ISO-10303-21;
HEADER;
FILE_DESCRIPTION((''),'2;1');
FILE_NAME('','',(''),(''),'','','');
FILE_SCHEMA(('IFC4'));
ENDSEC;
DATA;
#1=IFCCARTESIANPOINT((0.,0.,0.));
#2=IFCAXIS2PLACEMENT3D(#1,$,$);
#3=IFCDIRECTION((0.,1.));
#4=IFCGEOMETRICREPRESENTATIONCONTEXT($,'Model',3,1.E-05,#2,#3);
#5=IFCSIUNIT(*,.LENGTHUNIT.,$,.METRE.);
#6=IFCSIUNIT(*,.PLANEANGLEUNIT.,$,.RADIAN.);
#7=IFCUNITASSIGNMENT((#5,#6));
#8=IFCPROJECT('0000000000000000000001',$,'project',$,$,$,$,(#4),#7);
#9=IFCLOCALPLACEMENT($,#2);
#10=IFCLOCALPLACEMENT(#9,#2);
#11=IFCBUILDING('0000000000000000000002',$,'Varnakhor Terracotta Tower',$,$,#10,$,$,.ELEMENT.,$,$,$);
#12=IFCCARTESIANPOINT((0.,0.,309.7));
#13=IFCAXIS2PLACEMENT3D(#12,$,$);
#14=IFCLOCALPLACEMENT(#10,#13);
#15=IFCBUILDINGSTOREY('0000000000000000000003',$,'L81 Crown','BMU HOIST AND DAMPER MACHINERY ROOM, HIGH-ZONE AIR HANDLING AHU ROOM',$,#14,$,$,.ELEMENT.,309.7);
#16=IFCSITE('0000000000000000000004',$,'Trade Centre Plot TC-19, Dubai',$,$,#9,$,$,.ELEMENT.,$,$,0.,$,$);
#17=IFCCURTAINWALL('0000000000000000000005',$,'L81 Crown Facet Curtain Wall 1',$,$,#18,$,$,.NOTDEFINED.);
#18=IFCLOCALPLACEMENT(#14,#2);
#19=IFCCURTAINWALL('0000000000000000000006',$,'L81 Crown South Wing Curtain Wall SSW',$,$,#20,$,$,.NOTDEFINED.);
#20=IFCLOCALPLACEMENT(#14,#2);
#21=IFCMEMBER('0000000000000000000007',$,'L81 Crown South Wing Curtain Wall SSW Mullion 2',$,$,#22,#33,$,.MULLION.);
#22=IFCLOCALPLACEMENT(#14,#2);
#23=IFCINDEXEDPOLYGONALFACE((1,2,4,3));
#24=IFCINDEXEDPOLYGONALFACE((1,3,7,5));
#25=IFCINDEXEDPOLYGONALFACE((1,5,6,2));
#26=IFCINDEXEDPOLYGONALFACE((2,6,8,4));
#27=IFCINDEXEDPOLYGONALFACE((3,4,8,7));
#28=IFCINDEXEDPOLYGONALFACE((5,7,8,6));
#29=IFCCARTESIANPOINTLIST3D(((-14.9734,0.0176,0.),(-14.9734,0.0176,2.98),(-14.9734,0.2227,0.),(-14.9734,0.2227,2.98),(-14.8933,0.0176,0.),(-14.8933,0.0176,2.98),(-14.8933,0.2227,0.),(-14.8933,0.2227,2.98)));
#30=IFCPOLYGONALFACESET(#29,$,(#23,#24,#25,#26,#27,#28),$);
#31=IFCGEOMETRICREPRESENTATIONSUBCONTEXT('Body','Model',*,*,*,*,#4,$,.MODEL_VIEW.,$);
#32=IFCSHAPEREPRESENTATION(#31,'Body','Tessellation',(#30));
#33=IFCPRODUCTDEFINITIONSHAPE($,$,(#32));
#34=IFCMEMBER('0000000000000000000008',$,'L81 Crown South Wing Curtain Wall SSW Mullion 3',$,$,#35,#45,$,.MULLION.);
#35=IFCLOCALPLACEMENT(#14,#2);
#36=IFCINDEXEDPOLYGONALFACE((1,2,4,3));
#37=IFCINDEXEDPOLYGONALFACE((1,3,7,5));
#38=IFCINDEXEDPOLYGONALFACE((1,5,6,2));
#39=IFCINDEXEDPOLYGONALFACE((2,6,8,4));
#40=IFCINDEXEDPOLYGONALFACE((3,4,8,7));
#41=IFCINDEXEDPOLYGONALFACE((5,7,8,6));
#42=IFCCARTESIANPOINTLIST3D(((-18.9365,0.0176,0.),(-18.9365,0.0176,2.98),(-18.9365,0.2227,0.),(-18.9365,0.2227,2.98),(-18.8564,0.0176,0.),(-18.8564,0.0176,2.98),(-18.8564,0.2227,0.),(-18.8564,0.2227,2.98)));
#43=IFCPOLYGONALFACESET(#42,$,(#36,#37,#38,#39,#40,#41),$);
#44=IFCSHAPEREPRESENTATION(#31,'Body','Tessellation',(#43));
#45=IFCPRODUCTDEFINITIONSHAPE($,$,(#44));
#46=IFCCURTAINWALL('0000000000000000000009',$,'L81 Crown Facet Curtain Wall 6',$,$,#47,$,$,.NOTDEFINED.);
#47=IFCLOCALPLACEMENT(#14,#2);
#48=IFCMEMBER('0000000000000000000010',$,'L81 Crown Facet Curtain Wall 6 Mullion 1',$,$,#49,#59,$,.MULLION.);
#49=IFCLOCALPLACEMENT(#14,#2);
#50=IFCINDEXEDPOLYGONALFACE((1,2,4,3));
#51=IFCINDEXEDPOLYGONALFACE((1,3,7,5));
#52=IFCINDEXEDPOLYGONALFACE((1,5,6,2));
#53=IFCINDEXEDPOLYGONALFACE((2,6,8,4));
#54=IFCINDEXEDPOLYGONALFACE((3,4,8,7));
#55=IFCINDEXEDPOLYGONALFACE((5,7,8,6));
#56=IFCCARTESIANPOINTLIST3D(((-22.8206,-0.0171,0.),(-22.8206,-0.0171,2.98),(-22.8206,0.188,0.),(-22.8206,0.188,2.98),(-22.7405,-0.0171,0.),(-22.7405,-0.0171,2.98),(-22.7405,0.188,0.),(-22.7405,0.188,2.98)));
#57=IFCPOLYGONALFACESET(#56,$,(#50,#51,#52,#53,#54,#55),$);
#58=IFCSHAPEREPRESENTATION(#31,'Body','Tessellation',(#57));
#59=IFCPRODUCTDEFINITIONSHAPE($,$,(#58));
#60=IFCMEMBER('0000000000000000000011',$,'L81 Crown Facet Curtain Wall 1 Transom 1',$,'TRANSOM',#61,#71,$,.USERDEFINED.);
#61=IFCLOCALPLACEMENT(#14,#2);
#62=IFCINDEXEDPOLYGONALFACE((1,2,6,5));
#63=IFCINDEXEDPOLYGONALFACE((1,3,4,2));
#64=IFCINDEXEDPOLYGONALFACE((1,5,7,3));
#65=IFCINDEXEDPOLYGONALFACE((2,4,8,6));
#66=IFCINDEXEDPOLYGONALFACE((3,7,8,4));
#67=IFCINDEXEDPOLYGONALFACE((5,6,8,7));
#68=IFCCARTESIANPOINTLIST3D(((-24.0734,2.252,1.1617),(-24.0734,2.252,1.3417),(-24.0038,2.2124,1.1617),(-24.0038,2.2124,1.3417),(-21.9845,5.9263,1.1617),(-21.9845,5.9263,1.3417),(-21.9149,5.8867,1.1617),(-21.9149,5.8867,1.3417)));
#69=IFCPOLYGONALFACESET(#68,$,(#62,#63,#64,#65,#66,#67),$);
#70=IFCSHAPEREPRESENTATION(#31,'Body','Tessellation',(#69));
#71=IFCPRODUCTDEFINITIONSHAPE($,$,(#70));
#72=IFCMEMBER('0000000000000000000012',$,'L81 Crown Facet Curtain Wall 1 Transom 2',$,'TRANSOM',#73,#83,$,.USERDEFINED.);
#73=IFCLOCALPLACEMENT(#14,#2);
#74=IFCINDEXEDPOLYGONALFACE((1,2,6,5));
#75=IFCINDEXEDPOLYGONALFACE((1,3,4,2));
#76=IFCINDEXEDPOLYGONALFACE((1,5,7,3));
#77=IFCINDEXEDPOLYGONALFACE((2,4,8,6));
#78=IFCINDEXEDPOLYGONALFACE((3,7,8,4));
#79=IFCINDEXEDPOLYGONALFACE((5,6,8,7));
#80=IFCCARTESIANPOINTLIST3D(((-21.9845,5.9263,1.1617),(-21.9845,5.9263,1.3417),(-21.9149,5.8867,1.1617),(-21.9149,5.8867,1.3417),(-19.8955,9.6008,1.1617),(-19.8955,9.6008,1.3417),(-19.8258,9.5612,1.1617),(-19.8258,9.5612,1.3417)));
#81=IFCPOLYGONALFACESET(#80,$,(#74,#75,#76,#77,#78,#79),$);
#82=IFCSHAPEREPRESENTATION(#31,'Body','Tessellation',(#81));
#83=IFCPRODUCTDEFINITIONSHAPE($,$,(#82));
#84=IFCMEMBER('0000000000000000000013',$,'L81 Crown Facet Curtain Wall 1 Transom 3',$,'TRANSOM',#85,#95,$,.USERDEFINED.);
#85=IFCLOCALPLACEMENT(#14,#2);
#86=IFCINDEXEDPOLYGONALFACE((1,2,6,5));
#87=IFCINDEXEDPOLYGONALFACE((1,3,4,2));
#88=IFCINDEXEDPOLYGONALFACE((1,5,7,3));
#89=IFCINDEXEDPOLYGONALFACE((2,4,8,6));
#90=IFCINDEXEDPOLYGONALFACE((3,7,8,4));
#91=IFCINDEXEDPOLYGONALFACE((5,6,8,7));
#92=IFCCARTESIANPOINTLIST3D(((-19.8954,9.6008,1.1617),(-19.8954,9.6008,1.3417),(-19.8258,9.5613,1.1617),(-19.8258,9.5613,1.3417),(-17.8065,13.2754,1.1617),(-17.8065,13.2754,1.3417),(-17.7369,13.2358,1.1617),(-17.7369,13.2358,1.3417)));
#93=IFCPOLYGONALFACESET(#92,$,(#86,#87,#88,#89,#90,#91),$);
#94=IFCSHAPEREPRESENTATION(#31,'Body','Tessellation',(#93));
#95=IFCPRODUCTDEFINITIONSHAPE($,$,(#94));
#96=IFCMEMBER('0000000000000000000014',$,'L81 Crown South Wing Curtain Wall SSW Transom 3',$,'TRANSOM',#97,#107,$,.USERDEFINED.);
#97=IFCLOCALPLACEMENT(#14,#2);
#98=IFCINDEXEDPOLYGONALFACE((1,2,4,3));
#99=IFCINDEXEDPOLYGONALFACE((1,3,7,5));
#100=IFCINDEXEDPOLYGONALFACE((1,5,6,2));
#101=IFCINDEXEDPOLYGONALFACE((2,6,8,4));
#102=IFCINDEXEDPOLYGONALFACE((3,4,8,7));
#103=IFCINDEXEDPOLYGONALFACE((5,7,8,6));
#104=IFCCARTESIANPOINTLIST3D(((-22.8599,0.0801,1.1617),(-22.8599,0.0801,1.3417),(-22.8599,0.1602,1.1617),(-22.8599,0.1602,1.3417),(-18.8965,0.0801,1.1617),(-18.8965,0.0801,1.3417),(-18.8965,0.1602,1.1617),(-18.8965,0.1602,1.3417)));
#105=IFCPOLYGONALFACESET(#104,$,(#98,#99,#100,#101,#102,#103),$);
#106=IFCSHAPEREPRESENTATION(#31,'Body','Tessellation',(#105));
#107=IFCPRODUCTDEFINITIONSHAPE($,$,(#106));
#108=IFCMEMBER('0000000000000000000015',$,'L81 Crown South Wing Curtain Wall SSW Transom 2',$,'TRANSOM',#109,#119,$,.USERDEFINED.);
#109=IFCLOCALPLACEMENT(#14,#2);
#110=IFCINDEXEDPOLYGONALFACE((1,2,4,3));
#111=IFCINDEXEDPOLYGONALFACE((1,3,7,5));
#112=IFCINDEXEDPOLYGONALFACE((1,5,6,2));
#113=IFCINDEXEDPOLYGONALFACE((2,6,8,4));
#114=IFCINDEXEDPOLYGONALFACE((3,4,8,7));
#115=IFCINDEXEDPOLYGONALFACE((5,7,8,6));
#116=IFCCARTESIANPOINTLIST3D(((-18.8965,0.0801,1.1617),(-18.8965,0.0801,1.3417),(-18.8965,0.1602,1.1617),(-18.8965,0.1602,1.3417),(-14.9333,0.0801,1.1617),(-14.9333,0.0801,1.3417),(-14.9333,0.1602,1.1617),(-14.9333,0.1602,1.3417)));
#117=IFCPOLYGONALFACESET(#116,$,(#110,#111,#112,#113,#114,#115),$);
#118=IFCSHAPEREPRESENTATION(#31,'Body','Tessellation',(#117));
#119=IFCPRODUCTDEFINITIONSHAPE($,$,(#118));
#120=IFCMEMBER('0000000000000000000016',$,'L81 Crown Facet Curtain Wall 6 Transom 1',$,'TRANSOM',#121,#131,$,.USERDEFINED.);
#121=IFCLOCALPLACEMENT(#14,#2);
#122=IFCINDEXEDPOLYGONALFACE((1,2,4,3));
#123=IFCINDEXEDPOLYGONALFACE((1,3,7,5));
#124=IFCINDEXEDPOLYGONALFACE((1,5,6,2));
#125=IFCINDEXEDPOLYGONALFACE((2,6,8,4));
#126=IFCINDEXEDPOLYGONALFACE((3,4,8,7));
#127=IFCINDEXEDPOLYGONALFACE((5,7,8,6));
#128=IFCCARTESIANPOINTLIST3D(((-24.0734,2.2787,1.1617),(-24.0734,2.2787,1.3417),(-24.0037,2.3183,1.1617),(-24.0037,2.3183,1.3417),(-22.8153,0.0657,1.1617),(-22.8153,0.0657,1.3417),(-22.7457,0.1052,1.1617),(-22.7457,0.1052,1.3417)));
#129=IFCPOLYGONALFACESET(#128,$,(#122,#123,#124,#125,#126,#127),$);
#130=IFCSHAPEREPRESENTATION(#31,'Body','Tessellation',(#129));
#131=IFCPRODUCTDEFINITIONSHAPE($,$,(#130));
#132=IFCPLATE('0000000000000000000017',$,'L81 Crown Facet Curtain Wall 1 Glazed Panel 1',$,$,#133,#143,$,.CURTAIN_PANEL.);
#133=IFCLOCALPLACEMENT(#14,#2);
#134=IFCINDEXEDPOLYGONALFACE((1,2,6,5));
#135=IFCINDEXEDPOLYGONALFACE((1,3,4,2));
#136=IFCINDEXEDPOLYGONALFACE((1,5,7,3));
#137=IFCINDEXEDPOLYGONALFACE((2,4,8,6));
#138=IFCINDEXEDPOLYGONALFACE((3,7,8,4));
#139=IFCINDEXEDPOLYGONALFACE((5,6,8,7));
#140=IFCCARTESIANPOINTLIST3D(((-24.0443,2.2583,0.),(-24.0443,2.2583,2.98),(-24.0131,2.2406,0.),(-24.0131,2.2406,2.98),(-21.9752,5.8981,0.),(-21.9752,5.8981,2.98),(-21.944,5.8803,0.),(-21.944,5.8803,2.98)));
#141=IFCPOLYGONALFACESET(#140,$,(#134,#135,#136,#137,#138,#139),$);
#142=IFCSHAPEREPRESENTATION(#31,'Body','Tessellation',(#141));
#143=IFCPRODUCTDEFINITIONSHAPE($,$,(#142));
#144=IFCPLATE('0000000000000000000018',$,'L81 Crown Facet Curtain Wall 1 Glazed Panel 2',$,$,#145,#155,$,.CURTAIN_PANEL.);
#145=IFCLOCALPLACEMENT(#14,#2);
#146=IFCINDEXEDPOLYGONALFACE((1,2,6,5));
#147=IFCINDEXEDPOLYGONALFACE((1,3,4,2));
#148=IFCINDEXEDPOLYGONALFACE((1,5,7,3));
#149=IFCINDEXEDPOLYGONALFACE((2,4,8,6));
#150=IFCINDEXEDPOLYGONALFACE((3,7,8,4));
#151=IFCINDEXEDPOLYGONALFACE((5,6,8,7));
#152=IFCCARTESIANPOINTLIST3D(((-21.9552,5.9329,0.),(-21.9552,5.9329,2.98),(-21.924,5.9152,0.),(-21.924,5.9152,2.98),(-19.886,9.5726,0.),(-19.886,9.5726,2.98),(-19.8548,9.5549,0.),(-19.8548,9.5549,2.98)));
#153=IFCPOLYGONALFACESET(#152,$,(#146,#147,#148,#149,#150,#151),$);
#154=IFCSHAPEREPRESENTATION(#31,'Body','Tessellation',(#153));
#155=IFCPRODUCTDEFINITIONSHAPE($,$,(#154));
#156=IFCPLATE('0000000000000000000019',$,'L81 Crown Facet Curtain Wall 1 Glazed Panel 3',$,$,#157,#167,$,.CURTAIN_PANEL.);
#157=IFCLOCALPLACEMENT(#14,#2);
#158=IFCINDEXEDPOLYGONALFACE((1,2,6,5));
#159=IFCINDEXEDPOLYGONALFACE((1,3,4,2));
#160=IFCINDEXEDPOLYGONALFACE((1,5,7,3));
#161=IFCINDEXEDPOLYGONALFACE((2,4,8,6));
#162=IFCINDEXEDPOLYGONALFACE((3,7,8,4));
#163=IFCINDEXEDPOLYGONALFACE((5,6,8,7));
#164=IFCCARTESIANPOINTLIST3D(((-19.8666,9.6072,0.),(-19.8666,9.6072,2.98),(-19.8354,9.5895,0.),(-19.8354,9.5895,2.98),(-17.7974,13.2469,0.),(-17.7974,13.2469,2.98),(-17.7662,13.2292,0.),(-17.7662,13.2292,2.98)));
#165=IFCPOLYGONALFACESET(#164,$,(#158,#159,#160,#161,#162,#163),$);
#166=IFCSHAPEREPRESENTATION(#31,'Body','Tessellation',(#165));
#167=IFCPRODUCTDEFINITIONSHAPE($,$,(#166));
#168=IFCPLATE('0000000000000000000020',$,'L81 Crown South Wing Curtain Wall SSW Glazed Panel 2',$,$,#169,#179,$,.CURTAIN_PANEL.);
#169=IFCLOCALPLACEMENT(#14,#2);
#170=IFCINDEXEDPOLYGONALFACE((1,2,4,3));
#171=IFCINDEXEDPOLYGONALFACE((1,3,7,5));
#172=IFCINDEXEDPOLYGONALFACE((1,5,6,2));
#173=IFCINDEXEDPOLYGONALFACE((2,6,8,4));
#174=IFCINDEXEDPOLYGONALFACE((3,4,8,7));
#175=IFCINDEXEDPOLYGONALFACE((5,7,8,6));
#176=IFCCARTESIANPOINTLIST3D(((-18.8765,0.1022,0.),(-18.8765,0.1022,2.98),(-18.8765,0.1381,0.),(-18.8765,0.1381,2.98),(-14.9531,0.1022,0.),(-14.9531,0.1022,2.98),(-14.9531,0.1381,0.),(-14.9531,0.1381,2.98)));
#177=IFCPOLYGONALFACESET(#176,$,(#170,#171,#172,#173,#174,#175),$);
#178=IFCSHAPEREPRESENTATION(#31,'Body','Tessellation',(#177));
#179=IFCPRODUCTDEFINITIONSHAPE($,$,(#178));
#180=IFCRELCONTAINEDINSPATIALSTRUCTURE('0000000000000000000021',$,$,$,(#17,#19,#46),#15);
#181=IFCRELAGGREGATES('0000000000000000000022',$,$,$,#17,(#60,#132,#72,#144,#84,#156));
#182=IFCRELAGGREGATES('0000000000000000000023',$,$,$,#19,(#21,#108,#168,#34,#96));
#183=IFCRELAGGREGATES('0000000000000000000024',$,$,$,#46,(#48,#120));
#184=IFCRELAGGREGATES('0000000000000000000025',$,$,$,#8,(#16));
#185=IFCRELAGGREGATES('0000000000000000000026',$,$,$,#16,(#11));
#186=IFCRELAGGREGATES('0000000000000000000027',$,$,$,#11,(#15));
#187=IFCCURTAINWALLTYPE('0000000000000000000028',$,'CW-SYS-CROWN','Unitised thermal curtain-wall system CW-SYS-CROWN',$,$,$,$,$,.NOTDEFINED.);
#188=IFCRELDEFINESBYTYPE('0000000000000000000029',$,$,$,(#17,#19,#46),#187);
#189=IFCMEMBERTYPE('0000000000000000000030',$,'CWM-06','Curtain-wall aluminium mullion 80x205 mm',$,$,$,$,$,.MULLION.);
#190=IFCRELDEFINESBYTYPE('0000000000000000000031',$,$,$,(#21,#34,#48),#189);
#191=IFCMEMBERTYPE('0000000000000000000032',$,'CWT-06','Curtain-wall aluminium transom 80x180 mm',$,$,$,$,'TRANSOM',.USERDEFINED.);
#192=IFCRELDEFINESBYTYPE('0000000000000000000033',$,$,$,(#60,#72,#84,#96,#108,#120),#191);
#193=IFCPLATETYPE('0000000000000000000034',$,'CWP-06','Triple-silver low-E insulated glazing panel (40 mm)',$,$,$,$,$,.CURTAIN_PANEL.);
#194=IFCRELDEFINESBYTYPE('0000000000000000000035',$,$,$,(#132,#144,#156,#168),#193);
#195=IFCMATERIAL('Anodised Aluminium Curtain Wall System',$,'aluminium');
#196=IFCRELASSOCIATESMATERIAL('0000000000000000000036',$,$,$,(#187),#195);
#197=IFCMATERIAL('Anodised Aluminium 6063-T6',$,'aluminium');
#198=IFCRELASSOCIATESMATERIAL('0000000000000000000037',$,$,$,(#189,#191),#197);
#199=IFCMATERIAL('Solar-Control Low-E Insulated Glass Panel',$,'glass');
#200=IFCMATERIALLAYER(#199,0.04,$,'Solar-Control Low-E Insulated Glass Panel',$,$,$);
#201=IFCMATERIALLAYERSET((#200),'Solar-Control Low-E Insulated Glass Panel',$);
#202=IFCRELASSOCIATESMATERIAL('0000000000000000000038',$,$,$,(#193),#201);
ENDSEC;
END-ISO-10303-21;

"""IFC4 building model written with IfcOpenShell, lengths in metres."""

from ifc_helpers import new_model, si_unit, direction, frame, origin, origin_2d, place, context, subcontext, project, spatial, rectangle, extrude, source, transform, mapped, material, layer, layer_set, material_profile, profile_set, type_object, type_shapes, element, aggregate, save


model = new_model("IFC4")

# Units and contexts
model_context = context("Model", 3, precision=1e-05, world=origin(), true_north=direction((0.0, 1.0)))
body_context = subcontext(model_context, "Body", "Model", "MODEL_VIEW")
ifc_project = project(units=[si_unit("LENGTHUNIT", "METRE"), si_unit("PLANEANGLEUNIT", "RADIAN")], contexts=[model_context])

# Site, building, storey
site_placement = place(None, origin())
site = spatial("IfcSite", under=ifc_project, at=site_placement, Name="Trade Centre Plot TC-19, Dubai", CompositionType="ELEMENT", RefElevation=0.0)
building_placement = place(site_placement, origin())
building = spatial("IfcBuilding", under=site, at=building_placement, Name="Varnakhor Terracotta Tower", CompositionType="ELEMENT")
storey_placement = place(building_placement, frame((0.0, 0.0, 309.7)))
storey = spatial("IfcBuildingStorey", under=building, at=storey_placement, Name="L81 Crown", Description="BMU HOIST AND DAMPER MACHINERY ROOM, HIGH-ZONE AIR HANDLING AHU ROOM", CompositionType="ELEMENT", Elevation=309.7)

# Curtain walls, members
ifc_material_1 = material(Name="Anodised Aluminium Curtain Wall System", Category="aluminium")
curtain_wall_type = type_object("IfcCurtainWallType", Name="CW-SYS-CROWN", Description="Unitised thermal curtain-wall system CW-SYS-CROWN", PredefinedType="NOTDEFINED", material=ifc_material_1)
curtain_wall_1_placement = place(storey_placement, origin())
curtain_wall_1 = element("IfcCurtainWall", 1, at=curtain_wall_1_placement, inside=storey, type_object=curtain_wall_type, Name="L81 Crown Facet Curtain Wall 1", PredefinedType="NOTDEFINED")
ifc_material_2 = material(Name="Anodised Aluminium 6063-T6", Category="aluminium")
ifc_material_profile_1 = material_profile(ifc_material_2, rectangle(XDim=0.0801, YDim=0.2051, at=origin_2d()), Name="ALU MULLION 80x205")
ifc_profile_set_1 = profile_set([ifc_material_profile_1], Name="Anodised Aluminium 6063-T6")
member_type_1 = type_object("IfcMemberType", Name="CWM-06", Description="Curtain-wall aluminium mullion 80x205 mm", PredefinedType="MULLION", material=ifc_profile_set_1)
shared_shape_1 = source(origin(), body_context, "Body", "SweptSolid", [
    extrude(rectangle(XDim=0.0801, YDim=0.2051, at=origin_2d()), origin(), (0.0, 0.0, 1.0), 2.98),
])
type_shapes(member_type_1, [shared_shape_1])
curtain_wall_2_placement = place(storey_placement, origin())
curtain_wall_2 = element("IfcCurtainWall", 2, at=curtain_wall_2_placement, inside=storey, type_object=curtain_wall_type, Name="L81 Crown South Wing Curtain Wall SSW", PredefinedType="NOTDEFINED")
member_1_placement = place(storey_placement, frame((-14.9333, 0.1201, 0.0), z_axis=(0.0, 0.0, 1.0), x_axis=(1.0, 0.0, 0.0)))
member_1 = element("IfcMember", 3, at=member_1_placement, type_object=member_type_1, Name="L81 Crown South Wing Curtain Wall SSW Mullion 2", PredefinedType="MULLION", context=body_context, shape_type="MappedRepresentation", body=[
    mapped(shared_shape_1, transform((0.0, 0.0, 0.0), scale=1.0)),
])
member_2_placement = place(storey_placement, frame((-18.8965, 0.1201, 0.0), z_axis=(0.0, 0.0, 1.0), x_axis=(1.0, 0.0, 0.0)))
member_2 = element("IfcMember", 4, at=member_2_placement, type_object=member_type_1, Name="L81 Crown South Wing Curtain Wall SSW Mullion 3", PredefinedType="MULLION", context=body_context, shape_type="MappedRepresentation", body=[
    mapped(shared_shape_1, transform((0.0, 0.0, 0.0), scale=1.0)),
])

# Curtain wall, member
curtain_wall_3_placement = place(storey_placement, origin())
curtain_wall_3 = element("IfcCurtainWall", 5, at=curtain_wall_3_placement, inside=storey, type_object=curtain_wall_type, Name="L81 Crown Facet Curtain Wall 6", PredefinedType="NOTDEFINED")
member_3_placement = place(storey_placement, frame((-22.7805, 0.0854, 0.0), z_axis=(0.0, 0.0, 1.0), x_axis=(1.0, 0.0, 0.0)))
member_3 = element("IfcMember", 6, at=member_3_placement, type_object=member_type_1, Name="L81 Crown Facet Curtain Wall 6 Mullion 1", PredefinedType="MULLION", context=body_context, shape_type="MappedRepresentation", body=[
    mapped(shared_shape_1, transform((0.0, 0.0, 0.0), scale=1.0)),
])

# Members
ifc_material_profile_2 = material_profile(ifc_material_2, rectangle(XDim=0.0801, YDim=0.1799, at=origin_2d()), Name="ALU TRANSOM 80x180")
ifc_profile_set_2 = profile_set([ifc_material_profile_2], Name="Anodised Aluminium 6063-T6")
member_type_2 = type_object("IfcMemberType", Name="CWT-06", Description="Curtain-wall aluminium transom 80x180 mm", ElementType="TRANSOM", PredefinedType="USERDEFINED", material=ifc_profile_set_2)
shared_shape_2 = source(origin(), body_context, "Body", "SweptSolid", [
    extrude(rectangle(XDim=0.0801, YDim=0.1799, at=origin_2d()), origin(), (0.0, 0.0, 1.0), 4.2266),
])
type_shapes(member_type_2, [shared_shape_2])
member_4_placement = place(storey_placement, frame((-24.0386, 2.2322, 1.2517), z_axis=(0.494222, 0.869336, 0.0), x_axis=(-0.869336, 0.494222, 0.0)))
member_4 = element("IfcMember", 7, at=member_4_placement, type_object=member_type_2, Name="L81 Crown Facet Curtain Wall 1 Transom 1", ObjectType="TRANSOM", PredefinedType="USERDEFINED", context=body_context, shape_type="MappedRepresentation", body=[
    mapped(shared_shape_2, transform((0.0, 0.0, 0.0), scale=1.0)),
])
shared_shape_3 = source(origin(), body_context, "Body", "SweptSolid", [
    extrude(rectangle(XDim=0.0801, YDim=0.1799, at=origin_2d()), origin(), (0.0, 0.0, 1.0), 4.2268),
])
member_5_placement = place(storey_placement, frame((-21.9497, 5.9065, 1.2517), z_axis=(0.494241, 0.869325, 0.0), x_axis=(-0.869325, 0.494241, 0.0)))
member_5 = element("IfcMember", 8, at=member_5_placement, type_object=member_type_2, Name="L81 Crown Facet Curtain Wall 1 Transom 2", ObjectType="TRANSOM", PredefinedType="USERDEFINED", context=body_context, shape_type="MappedRepresentation", body=[
    mapped(shared_shape_3, transform((0.0, 0.0, 0.0), scale=1.0)),
])
member_6_placement = place(storey_placement, frame((-19.8606, 9.5811, 1.2517), z_axis=(0.494197, 0.86935, 0.0), x_axis=(-0.86935, 0.494197, 0.0)))
member_6 = element("IfcMember", 9, at=member_6_placement, type_object=member_type_2, Name="L81 Crown Facet Curtain Wall 1 Transom 3", ObjectType="TRANSOM", PredefinedType="USERDEFINED", context=body_context, shape_type="MappedRepresentation", body=[
    mapped(shared_shape_3, transform((0.0, 0.0, 0.0), scale=1.0)),
])
shared_shape_4 = source(origin(), body_context, "Body", "SweptSolid", [
    extrude(rectangle(XDim=0.0801, YDim=0.1799, at=origin_2d()), origin(), (0.0, 0.0, 1.0), 3.9634),
])
member_7_placement = place(storey_placement, frame((-18.8965, 0.1201, 1.2517), z_axis=(-1.0, 0.0, 0.0), x_axis=(0.0, -1.0, 0.0)))
member_7 = element("IfcMember", 10, at=member_7_placement, type_object=member_type_2, Name="L81 Crown South Wing Curtain Wall SSW Transom 3", ObjectType="TRANSOM", PredefinedType="USERDEFINED", context=body_context, shape_type="MappedRepresentation", body=[
    mapped(shared_shape_4, transform((0.0, 0.0, 0.0), scale=1.0)),
])
shared_shape_5 = source(origin(), body_context, "Body", "SweptSolid", [
    extrude(rectangle(XDim=0.0801, YDim=0.1799, at=origin_2d()), origin(), (0.0, 0.0, 1.0), 3.9631),
])
member_8_placement = place(storey_placement, frame((-14.9333, 0.1201, 1.2517), z_axis=(-1.0, 0.0, 0.0), x_axis=(0.0, -1.0, 0.0)))
member_8 = element("IfcMember", 11, at=member_8_placement, type_object=member_type_2, Name="L81 Crown South Wing Curtain Wall SSW Transom 2", ObjectType="TRANSOM", PredefinedType="USERDEFINED", context=body_context, shape_type="MappedRepresentation", body=[
    mapped(shared_shape_5, transform((0.0, 0.0, 0.0), scale=1.0)),
])
shared_shape_6 = source(origin(), body_context, "Body", "SweptSolid", [
    extrude(rectangle(XDim=0.0801, YDim=0.1799, at=origin_2d()), origin(), (0.0, 0.0, 1.0), 2.5457),
])
member_9_placement = place(storey_placement, frame((-22.7805, 0.0854, 1.2517), z_axis=(-0.494186, 0.869356, 0.0), x_axis=(-0.869356, -0.494186, 0.0)))
member_9 = element("IfcMember", 12, at=member_9_placement, type_object=member_type_2, Name="L81 Crown Facet Curtain Wall 6 Transom 1", ObjectType="TRANSOM", PredefinedType="USERDEFINED", context=body_context, shape_type="MappedRepresentation", body=[
    mapped(shared_shape_6, transform((0.0, 0.0, 0.0), scale=1.0)),
])

# Plates
ifc_material_3 = material(Name="Solar-Control Low-E Insulated Glass Panel", Category="glass")
ifc_layer = layer(ifc_material_3, 0.04, Name="Solar-Control Low-E Insulated Glass Panel")
ifc_layer_set = layer_set([ifc_layer], Name="Solar-Control Low-E Insulated Glass Panel")
plate_type = type_object("IfcPlateType", Name="CWP-06", Description="Triple-silver low-E insulated glazing panel (40 mm)", PredefinedType="CURTAIN_PANEL", material=ifc_layer_set)
shared_shape_7 = source(origin(), body_context, "Body", "SweptSolid", [
    extrude(rectangle(XDim=4.1868, YDim=0.0359, at=origin_2d()), origin(), (0.0, 0.0, 1.0), 2.98),
])
type_shapes(plate_type, [shared_shape_7])
plate_1_placement = place(storey_placement, frame((-22.9941, 4.0693, 0.0), z_axis=(0.0, 0.0, 1.0), x_axis=(0.494215, 0.86934, 0.0)))
plate_1 = element("IfcPlate", 13, at=plate_1_placement, type_object=plate_type, Name="L81 Crown Facet Curtain Wall 1 Glazed Panel 1", PredefinedType="CURTAIN_PANEL", context=body_context, shape_type="MappedRepresentation", body=[
    mapped(shared_shape_7, transform((0.0, 0.0, 0.0), scale=1.0)),
])
plate_2_placement = place(storey_placement, frame((-20.905, 7.7439, 0.0), z_axis=(0.0, 0.0, 1.0), x_axis=(0.494215, 0.86934, 0.0)))
plate_2 = element("IfcPlate", 14, at=plate_2_placement, type_object=plate_type, Name="L81 Crown Facet Curtain Wall 1 Glazed Panel 2", PredefinedType="CURTAIN_PANEL", context=body_context, shape_type="MappedRepresentation", body=[
    mapped(shared_shape_7, transform((0.0, 0.0, 0.0), scale=1.0)),
])
plate_3_placement = place(storey_placement, frame((-18.8164, 11.4182, 0.0), z_axis=(0.0, 0.0, 1.0), x_axis=(0.494215, 0.86934, 0.0)))
plate_3 = element("IfcPlate", 15, at=plate_3_placement, type_object=plate_type, Name="L81 Crown Facet Curtain Wall 1 Glazed Panel 3", PredefinedType="CURTAIN_PANEL", context=body_context, shape_type="MappedRepresentation", body=[
    mapped(shared_shape_7, transform((0.0, 0.0, 0.0), scale=1.0)),
])
aggregate(curtain_wall_1, [member_4, plate_1, member_5, plate_2, member_6, plate_3])
shared_shape_8 = source(origin(), body_context, "Body", "SweptSolid", [
    extrude(rectangle(XDim=3.9233, YDim=0.0359, at=origin_2d()), origin(), (0.0, 0.0, 1.0), 2.98),
])
plate_4_placement = place(storey_placement, frame((-16.9148, 0.1201, 0.0), z_axis=(0.0, 0.0, 1.0), x_axis=(-1.0, 0.0, 0.0)))
plate_4 = element("IfcPlate", 16, at=plate_4_placement, type_object=plate_type, Name="L81 Crown South Wing Curtain Wall SSW Glazed Panel 2", PredefinedType="CURTAIN_PANEL", context=body_context, shape_type="MappedRepresentation", body=[
    mapped(shared_shape_8, transform((0.0, 0.0, 0.0), scale=1.0)),
])
aggregate(curtain_wall_2, [member_1, member_8, plate_4, member_2, member_7])
aggregate(curtain_wall_3, [member_3, member_9])

save(model, "model.ifc")
